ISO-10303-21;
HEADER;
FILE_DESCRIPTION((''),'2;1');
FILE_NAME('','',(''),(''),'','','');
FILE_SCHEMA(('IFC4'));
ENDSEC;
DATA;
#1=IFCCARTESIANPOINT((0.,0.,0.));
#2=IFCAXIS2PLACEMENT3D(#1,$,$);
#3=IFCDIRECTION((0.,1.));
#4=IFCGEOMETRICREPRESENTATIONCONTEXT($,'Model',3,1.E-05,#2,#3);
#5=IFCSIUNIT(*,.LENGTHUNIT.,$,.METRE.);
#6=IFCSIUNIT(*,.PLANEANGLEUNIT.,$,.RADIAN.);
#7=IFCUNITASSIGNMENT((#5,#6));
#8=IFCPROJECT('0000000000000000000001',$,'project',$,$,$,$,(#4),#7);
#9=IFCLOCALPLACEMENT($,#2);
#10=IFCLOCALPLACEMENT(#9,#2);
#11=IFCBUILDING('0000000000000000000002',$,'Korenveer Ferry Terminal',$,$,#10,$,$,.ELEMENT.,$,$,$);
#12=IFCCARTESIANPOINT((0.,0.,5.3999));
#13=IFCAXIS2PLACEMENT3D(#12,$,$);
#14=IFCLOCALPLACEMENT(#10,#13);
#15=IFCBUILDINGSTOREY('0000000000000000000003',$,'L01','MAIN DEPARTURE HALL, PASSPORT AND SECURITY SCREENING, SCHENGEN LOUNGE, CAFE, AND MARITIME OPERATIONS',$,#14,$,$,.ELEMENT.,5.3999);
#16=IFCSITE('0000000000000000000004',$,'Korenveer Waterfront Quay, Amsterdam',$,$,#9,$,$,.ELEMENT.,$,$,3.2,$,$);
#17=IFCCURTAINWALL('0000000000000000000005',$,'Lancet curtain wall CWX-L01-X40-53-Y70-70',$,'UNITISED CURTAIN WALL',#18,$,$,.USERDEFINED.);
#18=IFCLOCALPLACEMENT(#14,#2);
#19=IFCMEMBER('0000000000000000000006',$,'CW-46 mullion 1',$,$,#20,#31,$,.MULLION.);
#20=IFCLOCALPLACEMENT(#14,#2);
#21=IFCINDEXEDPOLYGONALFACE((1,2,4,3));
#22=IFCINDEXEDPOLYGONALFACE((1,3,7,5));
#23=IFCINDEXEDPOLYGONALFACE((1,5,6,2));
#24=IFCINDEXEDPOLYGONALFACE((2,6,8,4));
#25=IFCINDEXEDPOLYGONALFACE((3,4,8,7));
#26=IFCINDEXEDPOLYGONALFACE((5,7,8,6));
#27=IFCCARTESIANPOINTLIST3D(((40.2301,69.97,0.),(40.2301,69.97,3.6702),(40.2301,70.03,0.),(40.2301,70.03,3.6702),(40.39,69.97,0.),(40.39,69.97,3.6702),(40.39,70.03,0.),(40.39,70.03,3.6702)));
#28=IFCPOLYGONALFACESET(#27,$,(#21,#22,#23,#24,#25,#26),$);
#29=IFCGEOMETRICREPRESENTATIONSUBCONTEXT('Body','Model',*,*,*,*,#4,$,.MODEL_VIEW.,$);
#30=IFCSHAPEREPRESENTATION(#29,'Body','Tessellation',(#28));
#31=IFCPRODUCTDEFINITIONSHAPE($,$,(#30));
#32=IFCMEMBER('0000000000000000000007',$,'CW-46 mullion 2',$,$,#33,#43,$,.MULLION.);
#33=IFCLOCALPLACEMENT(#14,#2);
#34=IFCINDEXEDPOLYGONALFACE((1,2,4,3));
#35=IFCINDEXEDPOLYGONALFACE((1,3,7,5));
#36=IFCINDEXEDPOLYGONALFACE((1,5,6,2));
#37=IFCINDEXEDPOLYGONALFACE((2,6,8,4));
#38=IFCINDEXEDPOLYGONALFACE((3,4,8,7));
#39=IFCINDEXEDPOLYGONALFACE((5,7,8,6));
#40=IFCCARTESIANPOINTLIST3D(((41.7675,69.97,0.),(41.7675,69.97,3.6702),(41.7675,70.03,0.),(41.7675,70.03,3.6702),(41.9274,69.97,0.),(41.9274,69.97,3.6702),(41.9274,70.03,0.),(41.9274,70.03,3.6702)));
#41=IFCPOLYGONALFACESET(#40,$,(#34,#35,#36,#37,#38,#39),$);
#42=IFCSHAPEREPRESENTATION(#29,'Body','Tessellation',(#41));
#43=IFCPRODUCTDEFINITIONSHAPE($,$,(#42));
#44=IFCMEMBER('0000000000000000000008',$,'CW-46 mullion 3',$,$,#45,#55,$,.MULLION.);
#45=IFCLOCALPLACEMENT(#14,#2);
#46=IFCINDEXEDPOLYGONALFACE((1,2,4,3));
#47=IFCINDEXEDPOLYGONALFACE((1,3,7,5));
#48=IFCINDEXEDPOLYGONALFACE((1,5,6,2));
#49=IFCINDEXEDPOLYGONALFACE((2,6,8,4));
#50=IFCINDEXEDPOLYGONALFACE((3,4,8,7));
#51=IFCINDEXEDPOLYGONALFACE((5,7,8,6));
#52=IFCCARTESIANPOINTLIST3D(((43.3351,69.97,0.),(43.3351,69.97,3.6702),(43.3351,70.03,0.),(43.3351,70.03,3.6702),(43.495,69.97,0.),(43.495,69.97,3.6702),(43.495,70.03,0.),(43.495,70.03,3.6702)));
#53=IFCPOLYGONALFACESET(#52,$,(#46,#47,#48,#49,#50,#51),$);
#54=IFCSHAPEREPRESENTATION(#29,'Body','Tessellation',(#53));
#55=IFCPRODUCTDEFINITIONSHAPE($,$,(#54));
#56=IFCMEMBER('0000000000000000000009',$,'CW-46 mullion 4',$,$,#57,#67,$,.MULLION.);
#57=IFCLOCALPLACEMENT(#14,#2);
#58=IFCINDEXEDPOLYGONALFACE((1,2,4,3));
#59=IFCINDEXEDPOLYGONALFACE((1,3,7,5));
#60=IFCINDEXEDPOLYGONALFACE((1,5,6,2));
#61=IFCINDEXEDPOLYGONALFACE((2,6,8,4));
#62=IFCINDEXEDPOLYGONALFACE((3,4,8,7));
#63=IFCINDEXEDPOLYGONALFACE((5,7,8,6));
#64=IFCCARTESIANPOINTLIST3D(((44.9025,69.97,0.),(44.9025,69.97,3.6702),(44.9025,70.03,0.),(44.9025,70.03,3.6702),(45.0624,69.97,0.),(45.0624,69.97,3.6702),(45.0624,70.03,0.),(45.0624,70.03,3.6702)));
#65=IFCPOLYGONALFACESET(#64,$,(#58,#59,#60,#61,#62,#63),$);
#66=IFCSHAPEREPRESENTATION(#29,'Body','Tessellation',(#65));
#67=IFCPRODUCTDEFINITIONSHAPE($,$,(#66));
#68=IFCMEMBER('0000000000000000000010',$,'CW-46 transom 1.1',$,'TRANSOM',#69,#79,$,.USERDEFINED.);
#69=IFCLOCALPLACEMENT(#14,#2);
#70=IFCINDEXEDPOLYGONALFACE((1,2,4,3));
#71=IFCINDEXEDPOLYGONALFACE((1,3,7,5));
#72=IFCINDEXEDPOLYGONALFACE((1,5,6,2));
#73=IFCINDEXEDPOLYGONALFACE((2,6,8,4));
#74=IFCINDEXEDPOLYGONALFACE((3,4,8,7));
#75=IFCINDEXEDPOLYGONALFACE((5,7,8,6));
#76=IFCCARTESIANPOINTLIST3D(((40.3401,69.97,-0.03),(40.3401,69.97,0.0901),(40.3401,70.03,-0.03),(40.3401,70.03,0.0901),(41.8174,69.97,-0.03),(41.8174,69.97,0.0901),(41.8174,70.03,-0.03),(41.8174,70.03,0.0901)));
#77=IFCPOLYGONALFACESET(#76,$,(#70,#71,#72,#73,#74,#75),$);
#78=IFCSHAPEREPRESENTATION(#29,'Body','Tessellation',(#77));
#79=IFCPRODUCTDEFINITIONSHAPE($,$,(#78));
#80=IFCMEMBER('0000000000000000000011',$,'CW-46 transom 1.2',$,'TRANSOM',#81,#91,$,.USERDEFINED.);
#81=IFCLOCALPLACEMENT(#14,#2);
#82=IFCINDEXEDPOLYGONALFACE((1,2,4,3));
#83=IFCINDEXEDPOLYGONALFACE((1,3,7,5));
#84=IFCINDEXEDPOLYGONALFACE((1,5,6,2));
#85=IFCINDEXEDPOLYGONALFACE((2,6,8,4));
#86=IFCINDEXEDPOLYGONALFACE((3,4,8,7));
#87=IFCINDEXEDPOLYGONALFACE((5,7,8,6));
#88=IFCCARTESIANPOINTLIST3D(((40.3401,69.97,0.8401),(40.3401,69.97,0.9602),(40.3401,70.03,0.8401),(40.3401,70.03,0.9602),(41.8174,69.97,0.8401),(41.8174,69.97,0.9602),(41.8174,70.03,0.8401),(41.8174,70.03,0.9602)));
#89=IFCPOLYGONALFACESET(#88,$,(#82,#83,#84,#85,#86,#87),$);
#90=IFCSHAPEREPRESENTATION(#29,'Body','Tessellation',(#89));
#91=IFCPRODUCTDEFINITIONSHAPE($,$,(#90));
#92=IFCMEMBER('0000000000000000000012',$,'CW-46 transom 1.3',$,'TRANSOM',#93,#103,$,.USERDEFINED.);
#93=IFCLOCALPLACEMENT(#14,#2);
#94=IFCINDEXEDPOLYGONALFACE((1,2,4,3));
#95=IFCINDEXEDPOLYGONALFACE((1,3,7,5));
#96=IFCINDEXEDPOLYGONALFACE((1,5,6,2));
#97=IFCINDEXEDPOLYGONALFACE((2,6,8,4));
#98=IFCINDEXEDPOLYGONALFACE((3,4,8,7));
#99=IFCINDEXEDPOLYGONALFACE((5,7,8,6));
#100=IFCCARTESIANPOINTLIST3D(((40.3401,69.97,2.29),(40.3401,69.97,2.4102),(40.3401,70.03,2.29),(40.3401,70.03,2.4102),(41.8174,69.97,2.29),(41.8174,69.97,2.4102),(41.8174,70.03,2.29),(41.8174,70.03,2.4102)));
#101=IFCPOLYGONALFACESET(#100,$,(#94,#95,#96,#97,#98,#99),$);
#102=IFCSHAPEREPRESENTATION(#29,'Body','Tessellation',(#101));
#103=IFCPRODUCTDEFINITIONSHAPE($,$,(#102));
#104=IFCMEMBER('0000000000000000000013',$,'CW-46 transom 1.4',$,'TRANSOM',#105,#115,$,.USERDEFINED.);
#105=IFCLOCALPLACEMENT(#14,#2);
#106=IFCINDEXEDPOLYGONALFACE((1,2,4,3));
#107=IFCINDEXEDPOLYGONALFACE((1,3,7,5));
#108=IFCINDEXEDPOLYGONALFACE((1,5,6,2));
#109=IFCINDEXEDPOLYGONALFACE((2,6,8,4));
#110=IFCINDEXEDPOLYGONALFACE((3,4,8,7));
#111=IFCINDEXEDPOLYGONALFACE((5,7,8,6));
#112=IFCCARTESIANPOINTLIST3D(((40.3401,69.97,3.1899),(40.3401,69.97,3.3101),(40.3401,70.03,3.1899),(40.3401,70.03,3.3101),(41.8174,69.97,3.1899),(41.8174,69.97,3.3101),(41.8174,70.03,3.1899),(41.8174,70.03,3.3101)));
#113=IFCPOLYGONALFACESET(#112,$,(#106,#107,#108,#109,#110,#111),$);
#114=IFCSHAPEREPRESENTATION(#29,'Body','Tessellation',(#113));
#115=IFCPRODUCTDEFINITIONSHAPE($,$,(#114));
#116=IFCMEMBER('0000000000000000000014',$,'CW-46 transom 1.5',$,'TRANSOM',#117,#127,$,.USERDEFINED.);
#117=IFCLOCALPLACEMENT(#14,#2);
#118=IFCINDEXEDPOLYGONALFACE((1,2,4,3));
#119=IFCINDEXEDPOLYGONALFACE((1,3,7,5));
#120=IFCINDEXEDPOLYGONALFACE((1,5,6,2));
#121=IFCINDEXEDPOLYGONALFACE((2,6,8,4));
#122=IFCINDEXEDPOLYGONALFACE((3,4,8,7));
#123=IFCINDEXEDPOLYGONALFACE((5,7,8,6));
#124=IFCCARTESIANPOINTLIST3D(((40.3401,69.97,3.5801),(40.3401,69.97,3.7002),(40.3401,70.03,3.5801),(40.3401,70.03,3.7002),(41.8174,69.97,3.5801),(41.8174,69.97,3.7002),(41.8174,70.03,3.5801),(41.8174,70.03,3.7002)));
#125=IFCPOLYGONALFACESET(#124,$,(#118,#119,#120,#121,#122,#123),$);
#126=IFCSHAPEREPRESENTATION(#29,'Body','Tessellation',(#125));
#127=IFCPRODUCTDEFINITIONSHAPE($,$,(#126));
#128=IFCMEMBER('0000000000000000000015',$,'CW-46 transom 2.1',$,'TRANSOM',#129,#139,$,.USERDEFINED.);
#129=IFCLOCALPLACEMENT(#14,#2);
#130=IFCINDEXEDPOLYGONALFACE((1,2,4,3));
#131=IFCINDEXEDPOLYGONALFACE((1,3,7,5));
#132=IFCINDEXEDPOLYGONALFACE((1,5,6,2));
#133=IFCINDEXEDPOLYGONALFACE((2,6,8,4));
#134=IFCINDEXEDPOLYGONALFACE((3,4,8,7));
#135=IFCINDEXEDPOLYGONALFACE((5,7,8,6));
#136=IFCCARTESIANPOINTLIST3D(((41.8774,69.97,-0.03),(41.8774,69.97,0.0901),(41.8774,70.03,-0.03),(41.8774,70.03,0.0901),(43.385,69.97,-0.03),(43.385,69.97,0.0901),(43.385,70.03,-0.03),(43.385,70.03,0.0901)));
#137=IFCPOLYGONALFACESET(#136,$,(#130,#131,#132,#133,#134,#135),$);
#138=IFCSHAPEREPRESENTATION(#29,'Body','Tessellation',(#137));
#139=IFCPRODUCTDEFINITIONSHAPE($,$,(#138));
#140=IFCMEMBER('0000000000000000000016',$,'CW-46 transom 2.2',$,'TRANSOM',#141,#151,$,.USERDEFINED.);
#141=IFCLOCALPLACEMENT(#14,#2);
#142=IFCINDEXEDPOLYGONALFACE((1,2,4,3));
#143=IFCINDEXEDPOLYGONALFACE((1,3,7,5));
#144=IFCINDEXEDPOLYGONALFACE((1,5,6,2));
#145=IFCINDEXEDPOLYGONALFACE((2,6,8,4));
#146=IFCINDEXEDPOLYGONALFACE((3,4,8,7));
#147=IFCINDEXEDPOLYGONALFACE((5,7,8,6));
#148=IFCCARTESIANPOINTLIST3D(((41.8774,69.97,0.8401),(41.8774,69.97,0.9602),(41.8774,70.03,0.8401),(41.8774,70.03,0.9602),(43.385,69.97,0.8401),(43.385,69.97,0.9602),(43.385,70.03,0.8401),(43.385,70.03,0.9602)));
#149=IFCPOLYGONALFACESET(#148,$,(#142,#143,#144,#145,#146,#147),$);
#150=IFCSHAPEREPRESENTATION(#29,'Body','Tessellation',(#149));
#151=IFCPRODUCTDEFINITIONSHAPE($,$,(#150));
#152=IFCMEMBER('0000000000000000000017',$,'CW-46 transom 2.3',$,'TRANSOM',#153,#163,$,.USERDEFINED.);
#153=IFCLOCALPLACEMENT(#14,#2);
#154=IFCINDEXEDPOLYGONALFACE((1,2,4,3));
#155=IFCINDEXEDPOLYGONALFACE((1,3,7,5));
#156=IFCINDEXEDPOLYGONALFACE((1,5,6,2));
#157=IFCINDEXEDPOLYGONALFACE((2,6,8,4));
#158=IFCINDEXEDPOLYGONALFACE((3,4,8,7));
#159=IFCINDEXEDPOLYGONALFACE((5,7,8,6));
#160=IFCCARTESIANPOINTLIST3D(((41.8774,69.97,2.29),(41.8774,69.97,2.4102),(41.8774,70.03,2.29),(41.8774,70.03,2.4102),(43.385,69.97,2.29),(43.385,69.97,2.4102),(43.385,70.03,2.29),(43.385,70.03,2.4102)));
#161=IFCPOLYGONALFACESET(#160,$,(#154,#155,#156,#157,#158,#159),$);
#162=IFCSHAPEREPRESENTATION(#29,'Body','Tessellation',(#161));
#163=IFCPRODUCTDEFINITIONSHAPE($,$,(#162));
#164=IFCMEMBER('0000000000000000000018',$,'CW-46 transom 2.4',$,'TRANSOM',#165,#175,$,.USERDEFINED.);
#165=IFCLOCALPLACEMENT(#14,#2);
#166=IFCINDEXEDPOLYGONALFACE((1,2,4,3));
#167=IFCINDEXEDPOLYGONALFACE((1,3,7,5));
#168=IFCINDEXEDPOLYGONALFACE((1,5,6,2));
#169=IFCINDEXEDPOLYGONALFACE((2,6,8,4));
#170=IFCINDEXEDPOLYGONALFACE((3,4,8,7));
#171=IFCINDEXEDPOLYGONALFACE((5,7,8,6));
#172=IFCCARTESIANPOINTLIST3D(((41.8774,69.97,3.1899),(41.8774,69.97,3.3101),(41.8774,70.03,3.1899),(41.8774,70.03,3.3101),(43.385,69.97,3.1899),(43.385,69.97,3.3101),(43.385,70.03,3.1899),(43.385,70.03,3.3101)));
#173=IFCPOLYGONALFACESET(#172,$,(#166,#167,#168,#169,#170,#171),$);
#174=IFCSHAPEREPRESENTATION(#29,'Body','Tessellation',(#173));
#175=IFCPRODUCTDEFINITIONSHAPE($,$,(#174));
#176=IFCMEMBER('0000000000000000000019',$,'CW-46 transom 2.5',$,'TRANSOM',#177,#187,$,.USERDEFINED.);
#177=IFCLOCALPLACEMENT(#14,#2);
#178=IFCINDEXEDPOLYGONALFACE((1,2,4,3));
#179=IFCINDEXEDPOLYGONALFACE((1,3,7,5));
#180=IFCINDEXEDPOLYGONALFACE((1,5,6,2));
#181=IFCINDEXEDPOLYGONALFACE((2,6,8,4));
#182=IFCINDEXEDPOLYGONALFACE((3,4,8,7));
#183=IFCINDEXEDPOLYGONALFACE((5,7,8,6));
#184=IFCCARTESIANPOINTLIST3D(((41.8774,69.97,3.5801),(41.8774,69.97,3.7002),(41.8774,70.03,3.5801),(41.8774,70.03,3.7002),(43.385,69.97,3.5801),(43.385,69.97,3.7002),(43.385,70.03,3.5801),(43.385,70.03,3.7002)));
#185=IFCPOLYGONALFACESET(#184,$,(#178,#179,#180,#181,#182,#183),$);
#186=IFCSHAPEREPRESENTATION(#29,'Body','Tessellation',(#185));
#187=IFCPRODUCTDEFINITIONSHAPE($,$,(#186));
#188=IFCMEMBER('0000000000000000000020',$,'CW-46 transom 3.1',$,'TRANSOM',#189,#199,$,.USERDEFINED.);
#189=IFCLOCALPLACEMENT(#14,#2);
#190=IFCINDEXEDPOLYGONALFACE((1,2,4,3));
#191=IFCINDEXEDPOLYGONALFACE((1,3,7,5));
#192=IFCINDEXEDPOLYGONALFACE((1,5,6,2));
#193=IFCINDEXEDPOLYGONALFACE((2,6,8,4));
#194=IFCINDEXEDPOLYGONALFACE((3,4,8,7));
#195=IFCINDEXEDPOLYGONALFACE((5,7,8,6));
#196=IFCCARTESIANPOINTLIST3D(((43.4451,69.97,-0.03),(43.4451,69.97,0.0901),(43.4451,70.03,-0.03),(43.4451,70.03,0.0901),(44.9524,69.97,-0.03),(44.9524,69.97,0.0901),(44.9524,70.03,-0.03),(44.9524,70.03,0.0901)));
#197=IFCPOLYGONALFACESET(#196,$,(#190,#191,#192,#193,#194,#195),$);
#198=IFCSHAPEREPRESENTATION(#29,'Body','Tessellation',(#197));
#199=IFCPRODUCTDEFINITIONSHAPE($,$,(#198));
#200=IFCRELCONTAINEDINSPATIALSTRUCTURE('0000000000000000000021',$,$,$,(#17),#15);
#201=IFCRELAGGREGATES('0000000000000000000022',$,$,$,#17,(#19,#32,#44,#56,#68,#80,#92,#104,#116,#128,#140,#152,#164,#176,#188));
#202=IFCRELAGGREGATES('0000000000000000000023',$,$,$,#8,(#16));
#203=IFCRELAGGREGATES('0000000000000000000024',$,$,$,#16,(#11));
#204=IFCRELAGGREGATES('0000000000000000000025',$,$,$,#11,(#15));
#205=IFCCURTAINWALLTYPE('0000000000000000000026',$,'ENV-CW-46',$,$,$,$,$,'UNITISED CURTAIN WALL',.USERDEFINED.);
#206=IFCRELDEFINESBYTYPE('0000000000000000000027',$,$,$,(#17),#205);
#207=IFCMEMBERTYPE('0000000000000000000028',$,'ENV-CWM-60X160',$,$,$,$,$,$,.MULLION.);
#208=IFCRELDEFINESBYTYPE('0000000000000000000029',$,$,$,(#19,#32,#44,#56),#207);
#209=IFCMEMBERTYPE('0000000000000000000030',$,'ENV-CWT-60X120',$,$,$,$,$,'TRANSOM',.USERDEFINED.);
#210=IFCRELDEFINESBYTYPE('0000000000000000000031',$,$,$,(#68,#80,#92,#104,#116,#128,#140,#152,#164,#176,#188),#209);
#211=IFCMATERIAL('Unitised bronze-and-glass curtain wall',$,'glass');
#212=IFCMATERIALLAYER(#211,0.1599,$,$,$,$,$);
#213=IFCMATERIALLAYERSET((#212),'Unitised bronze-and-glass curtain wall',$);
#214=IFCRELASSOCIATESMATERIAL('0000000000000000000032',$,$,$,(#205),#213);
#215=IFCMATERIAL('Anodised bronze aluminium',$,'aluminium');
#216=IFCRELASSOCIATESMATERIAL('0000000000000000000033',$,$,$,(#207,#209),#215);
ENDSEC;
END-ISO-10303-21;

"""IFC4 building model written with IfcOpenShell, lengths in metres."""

from ifc_helpers import new_model, si_unit, direction, frame, origin, origin_2d, place, context, subcontext, project, spatial, rectangle, extrude, material, layer, layer_set, material_profile, profile_set, type_object, element, aggregate, save


model = new_model("IFC4")

# Units and contexts
model_context = context("Model", 3, precision=1e-05, world=origin(), true_north=direction((0.0, 1.0)))
body_context = subcontext(model_context, "Body", "Model", "MODEL_VIEW")
ifc_project = project(units=[si_unit("LENGTHUNIT", "METRE"), si_unit("PLANEANGLEUNIT", "RADIAN")], contexts=[model_context])

# Site, building, storey
site_placement = place(None, origin())
site = spatial("IfcSite", under=ifc_project, at=site_placement, Name="Korenveer Waterfront Quay, Amsterdam", CompositionType="ELEMENT", RefElevation=3.2)
building_placement = place(site_placement, origin())
building = spatial("IfcBuilding", under=site, at=building_placement, Name="Korenveer Ferry Terminal", CompositionType="ELEMENT")
storey_placement = place(building_placement, frame((0.0, 0.0, 5.3999)))
storey = spatial("IfcBuildingStorey", under=building, at=storey_placement, Name="L01", Description="MAIN DEPARTURE HALL, PASSPORT AND SECURITY SCREENING, SCHENGEN LOUNGE, CAFE, AND MARITIME OPERATIONS", CompositionType="ELEMENT", Elevation=5.3999)

# Curtain wall, members
ifc_material_1 = material(Name="Unitised bronze-and-glass curtain wall", Category="glass")
ifc_layer_1 = layer(ifc_material_1, 0.1599)
ifc_layer_set_1 = layer_set([ifc_layer_1], Name="Unitised bronze-and-glass curtain wall")
curtain_wall_type = type_object("IfcCurtainWallType", Name="ENV-CW-46", ElementType="UNITISED CURTAIN WALL", PredefinedType="USERDEFINED", material=ifc_layer_set_1)
curtain_wall_placement = place(storey_placement, frame((40.28, 70.0, 0.0)))
curtain_wall = element("IfcCurtainWall", 1, at=curtain_wall_placement, inside=storey, type_object=curtain_wall_type, Name="Lancet curtain wall CWX-L01-X40-53-Y70-70", ObjectType="UNITISED CURTAIN WALL", PredefinedType="USERDEFINED")
ifc_material_2 = material(Name="Anodised bronze aluminium", Category="aluminium")
ifc_material_profile_1 = material_profile(ifc_material_2, rectangle(XDim=0.0601, YDim=0.1599, at=origin_2d()), Name="ALU 60x160")
ifc_profile_set_1 = profile_set([ifc_material_profile_1], Name="Anodised bronze aluminium")
member_type_1 = type_object("IfcMemberType", Name="ENV-CWM-60X160", PredefinedType="MULLION", material=ifc_profile_set_1)
member_1_placement = place(storey_placement, frame((40.3101, 70.0, 0.0), z_axis=(0.0, 0.0, 1.0), x_axis=(0.0, 1.0, 0.0)))
member_1 = element("IfcMember", 2, at=member_1_placement, type_object=member_type_1, Name="CW-46 mullion 1", PredefinedType="MULLION", context=body_context, shape_type="SweptSolid", body=[
    extrude(rectangle(XDim=0.0601, YDim=0.1599, at=origin_2d()), origin(), (0.0, 0.0, 1.0), 3.6702),
])
member_2_placement = place(storey_placement, frame((41.8474, 70.0, 0.0), z_axis=(0.0, 0.0, 1.0), x_axis=(0.0, 1.0, 0.0)))
member_2 = element("IfcMember", 3, at=member_2_placement, type_object=member_type_1, Name="CW-46 mullion 2", PredefinedType="MULLION", context=body_context, shape_type="SweptSolid", body=[
    extrude(rectangle(XDim=0.0601, YDim=0.1599, at=origin_2d()), origin(), (0.0, 0.0, 1.0), 3.6702),
])
member_3_placement = place(storey_placement, frame((43.415, 70.0, 0.0), z_axis=(0.0, 0.0, 1.0), x_axis=(0.0, 1.0, 0.0)))
member_3 = element("IfcMember", 4, at=member_3_placement, type_object=member_type_1, Name="CW-46 mullion 3", PredefinedType="MULLION", context=body_context, shape_type="SweptSolid", body=[
    extrude(rectangle(XDim=0.0601, YDim=0.1599, at=origin_2d()), origin(), (0.0, 0.0, 1.0), 3.6702),
])
member_4_placement = place(storey_placement, frame((44.9824, 70.0, 0.0), z_axis=(0.0, 0.0, 1.0), x_axis=(0.0, 1.0, 0.0)))
member_4 = element("IfcMember", 5, at=member_4_placement, type_object=member_type_1, Name="CW-46 mullion 4", PredefinedType="MULLION", context=body_context, shape_type="SweptSolid", body=[
    extrude(rectangle(XDim=0.0601, YDim=0.1599, at=origin_2d()), origin(), (0.0, 0.0, 1.0), 3.6702),
])
ifc_material_profile_2 = material_profile(ifc_material_2, rectangle(XDim=0.0601, YDim=0.1201, at=origin_2d()), Name="ALU 60x120")
ifc_profile_set_2 = profile_set([ifc_material_profile_2], Name="Anodised bronze aluminium")
member_type_2 = type_object("IfcMemberType", Name="ENV-CWT-60X120", ElementType="TRANSOM", PredefinedType="USERDEFINED", material=ifc_profile_set_2)
member_5_placement = place(storey_placement, frame((40.3401, 70.0, 0.03), z_axis=(1.0, 0.0, 0.0), x_axis=(0.0, 1.0, 0.0)))
member_5 = element("IfcMember", 6, at=member_5_placement, type_object=member_type_2, Name="CW-46 transom 1.1", ObjectType="TRANSOM", PredefinedType="USERDEFINED", context=body_context, shape_type="SweptSolid", body=[
    extrude(rectangle(XDim=0.0601, YDim=0.1201, at=origin_2d()), origin(), (0.0, 0.0, 1.0), 1.4773),
])
member_6_placement = place(storey_placement, frame((40.3401, 70.0, 0.9001), z_axis=(1.0, 0.0, 0.0), x_axis=(0.0, 1.0, 0.0)))
member_6 = element("IfcMember", 7, at=member_6_placement, type_object=member_type_2, Name="CW-46 transom 1.2", ObjectType="TRANSOM", PredefinedType="USERDEFINED", context=body_context, shape_type="SweptSolid", body=[
    extrude(rectangle(XDim=0.0601, YDim=0.1201, at=origin_2d()), origin(), (0.0, 0.0, 1.0), 1.4773),
])
member_7_placement = place(storey_placement, frame((40.3401, 70.0, 2.3501), z_axis=(1.0, 0.0, 0.0), x_axis=(0.0, 1.0, 0.0)))
member_7 = element("IfcMember", 8, at=member_7_placement, type_object=member_type_2, Name="CW-46 transom 1.3", ObjectType="TRANSOM", PredefinedType="USERDEFINED", context=body_context, shape_type="SweptSolid", body=[
    extrude(rectangle(XDim=0.0601, YDim=0.1201, at=origin_2d()), origin(), (0.0, 0.0, 1.0), 1.4773),
])
member_8_placement = place(storey_placement, frame((40.3401, 70.0, 3.25), z_axis=(1.0, 0.0, 0.0), x_axis=(0.0, 1.0, 0.0)))
member_8 = element("IfcMember", 9, at=member_8_placement, type_object=member_type_2, Name="CW-46 transom 1.4", ObjectType="TRANSOM", PredefinedType="USERDEFINED", context=body_context, shape_type="SweptSolid", body=[
    extrude(rectangle(XDim=0.0601, YDim=0.1201, at=origin_2d()), origin(), (0.0, 0.0, 1.0), 1.4773),
])
member_9_placement = place(storey_placement, frame((40.3401, 70.0, 3.6401), z_axis=(1.0, 0.0, 0.0), x_axis=(0.0, 1.0, 0.0)))
member_9 = element("IfcMember", 10, at=member_9_placement, type_object=member_type_2, Name="CW-46 transom 1.5", ObjectType="TRANSOM", PredefinedType="USERDEFINED", context=body_context, shape_type="SweptSolid", body=[
    extrude(rectangle(XDim=0.0601, YDim=0.1201, at=origin_2d()), origin(), (0.0, 0.0, 1.0), 1.4773),
])
member_10_placement = place(storey_placement, frame((41.8774, 70.0, 0.03), z_axis=(1.0, 0.0, 0.0), x_axis=(0.0, 1.0, 0.0)))
member_10 = element("IfcMember", 11, at=member_10_placement, type_object=member_type_2, Name="CW-46 transom 2.1", ObjectType="TRANSOM", PredefinedType="USERDEFINED", context=body_context, shape_type="SweptSolid", body=[
    extrude(rectangle(XDim=0.0601, YDim=0.1201, at=origin_2d()), origin(), (0.0, 0.0, 1.0), 1.5076),
])
member_11_placement = place(storey_placement, frame((41.8774, 70.0, 0.9001), z_axis=(1.0, 0.0, 0.0), x_axis=(0.0, 1.0, 0.0)))
member_11 = element("IfcMember", 12, at=member_11_placement, type_object=member_type_2, Name="CW-46 transom 2.2", ObjectType="TRANSOM", PredefinedType="USERDEFINED", context=body_context, shape_type="SweptSolid", body=[
    extrude(rectangle(XDim=0.0601, YDim=0.1201, at=origin_2d()), origin(), (0.0, 0.0, 1.0), 1.5076),
])
member_12_placement = place(storey_placement, frame((41.8774, 70.0, 2.3501), z_axis=(1.0, 0.0, 0.0), x_axis=(0.0, 1.0, 0.0)))
member_12 = element("IfcMember", 13, at=member_12_placement, type_object=member_type_2, Name="CW-46 transom 2.3", ObjectType="TRANSOM", PredefinedType="USERDEFINED", context=body_context, shape_type="SweptSolid", body=[
    extrude(rectangle(XDim=0.0601, YDim=0.1201, at=origin_2d()), origin(), (0.0, 0.0, 1.0), 1.5076),
])
member_13_placement = place(storey_placement, frame((41.8774, 70.0, 3.25), z_axis=(1.0, 0.0, 0.0), x_axis=(0.0, 1.0, 0.0)))
member_13 = element("IfcMember", 14, at=member_13_placement, type_object=member_type_2, Name="CW-46 transom 2.4", ObjectType="TRANSOM", PredefinedType="USERDEFINED", context=body_context, shape_type="SweptSolid", body=[
    extrude(rectangle(XDim=0.0601, YDim=0.1201, at=origin_2d()), origin(), (0.0, 0.0, 1.0), 1.5076),
])
member_14_placement = place(storey_placement, frame((41.8774, 70.0, 3.6401), z_axis=(1.0, 0.0, 0.0), x_axis=(0.0, 1.0, 0.0)))
member_14 = element("IfcMember", 15, at=member_14_placement, type_object=member_type_2, Name="CW-46 transom 2.5", ObjectType="TRANSOM", PredefinedType="USERDEFINED", context=body_context, shape_type="SweptSolid", body=[
    extrude(rectangle(XDim=0.0601, YDim=0.1201, at=origin_2d()), origin(), (0.0, 0.0, 1.0), 1.5076),
])
member_15_placement = place(storey_placement, frame((43.4451, 70.0, 0.03), z_axis=(1.0, 0.0, 0.0), x_axis=(0.0, 1.0, 0.0)))
member_15 = element("IfcMember", 16, at=member_15_placement, type_object=member_type_2, Name="CW-46 transom 3.1", ObjectType="TRANSOM", PredefinedType="USERDEFINED", context=body_context, shape_type="SweptSolid", body=[
    extrude(rectangle(XDim=0.0601, YDim=0.1201, at=origin_2d()), origin(), (0.0, 0.0, 1.0), 1.5073),
])
aggregate(curtain_wall, [member_1, member_2, member_3, member_4, member_5, member_6, member_7, member_8, member_9, member_10, member_11, member_12, member_13, member_14, member_15])

save(model, "model.ifc")
